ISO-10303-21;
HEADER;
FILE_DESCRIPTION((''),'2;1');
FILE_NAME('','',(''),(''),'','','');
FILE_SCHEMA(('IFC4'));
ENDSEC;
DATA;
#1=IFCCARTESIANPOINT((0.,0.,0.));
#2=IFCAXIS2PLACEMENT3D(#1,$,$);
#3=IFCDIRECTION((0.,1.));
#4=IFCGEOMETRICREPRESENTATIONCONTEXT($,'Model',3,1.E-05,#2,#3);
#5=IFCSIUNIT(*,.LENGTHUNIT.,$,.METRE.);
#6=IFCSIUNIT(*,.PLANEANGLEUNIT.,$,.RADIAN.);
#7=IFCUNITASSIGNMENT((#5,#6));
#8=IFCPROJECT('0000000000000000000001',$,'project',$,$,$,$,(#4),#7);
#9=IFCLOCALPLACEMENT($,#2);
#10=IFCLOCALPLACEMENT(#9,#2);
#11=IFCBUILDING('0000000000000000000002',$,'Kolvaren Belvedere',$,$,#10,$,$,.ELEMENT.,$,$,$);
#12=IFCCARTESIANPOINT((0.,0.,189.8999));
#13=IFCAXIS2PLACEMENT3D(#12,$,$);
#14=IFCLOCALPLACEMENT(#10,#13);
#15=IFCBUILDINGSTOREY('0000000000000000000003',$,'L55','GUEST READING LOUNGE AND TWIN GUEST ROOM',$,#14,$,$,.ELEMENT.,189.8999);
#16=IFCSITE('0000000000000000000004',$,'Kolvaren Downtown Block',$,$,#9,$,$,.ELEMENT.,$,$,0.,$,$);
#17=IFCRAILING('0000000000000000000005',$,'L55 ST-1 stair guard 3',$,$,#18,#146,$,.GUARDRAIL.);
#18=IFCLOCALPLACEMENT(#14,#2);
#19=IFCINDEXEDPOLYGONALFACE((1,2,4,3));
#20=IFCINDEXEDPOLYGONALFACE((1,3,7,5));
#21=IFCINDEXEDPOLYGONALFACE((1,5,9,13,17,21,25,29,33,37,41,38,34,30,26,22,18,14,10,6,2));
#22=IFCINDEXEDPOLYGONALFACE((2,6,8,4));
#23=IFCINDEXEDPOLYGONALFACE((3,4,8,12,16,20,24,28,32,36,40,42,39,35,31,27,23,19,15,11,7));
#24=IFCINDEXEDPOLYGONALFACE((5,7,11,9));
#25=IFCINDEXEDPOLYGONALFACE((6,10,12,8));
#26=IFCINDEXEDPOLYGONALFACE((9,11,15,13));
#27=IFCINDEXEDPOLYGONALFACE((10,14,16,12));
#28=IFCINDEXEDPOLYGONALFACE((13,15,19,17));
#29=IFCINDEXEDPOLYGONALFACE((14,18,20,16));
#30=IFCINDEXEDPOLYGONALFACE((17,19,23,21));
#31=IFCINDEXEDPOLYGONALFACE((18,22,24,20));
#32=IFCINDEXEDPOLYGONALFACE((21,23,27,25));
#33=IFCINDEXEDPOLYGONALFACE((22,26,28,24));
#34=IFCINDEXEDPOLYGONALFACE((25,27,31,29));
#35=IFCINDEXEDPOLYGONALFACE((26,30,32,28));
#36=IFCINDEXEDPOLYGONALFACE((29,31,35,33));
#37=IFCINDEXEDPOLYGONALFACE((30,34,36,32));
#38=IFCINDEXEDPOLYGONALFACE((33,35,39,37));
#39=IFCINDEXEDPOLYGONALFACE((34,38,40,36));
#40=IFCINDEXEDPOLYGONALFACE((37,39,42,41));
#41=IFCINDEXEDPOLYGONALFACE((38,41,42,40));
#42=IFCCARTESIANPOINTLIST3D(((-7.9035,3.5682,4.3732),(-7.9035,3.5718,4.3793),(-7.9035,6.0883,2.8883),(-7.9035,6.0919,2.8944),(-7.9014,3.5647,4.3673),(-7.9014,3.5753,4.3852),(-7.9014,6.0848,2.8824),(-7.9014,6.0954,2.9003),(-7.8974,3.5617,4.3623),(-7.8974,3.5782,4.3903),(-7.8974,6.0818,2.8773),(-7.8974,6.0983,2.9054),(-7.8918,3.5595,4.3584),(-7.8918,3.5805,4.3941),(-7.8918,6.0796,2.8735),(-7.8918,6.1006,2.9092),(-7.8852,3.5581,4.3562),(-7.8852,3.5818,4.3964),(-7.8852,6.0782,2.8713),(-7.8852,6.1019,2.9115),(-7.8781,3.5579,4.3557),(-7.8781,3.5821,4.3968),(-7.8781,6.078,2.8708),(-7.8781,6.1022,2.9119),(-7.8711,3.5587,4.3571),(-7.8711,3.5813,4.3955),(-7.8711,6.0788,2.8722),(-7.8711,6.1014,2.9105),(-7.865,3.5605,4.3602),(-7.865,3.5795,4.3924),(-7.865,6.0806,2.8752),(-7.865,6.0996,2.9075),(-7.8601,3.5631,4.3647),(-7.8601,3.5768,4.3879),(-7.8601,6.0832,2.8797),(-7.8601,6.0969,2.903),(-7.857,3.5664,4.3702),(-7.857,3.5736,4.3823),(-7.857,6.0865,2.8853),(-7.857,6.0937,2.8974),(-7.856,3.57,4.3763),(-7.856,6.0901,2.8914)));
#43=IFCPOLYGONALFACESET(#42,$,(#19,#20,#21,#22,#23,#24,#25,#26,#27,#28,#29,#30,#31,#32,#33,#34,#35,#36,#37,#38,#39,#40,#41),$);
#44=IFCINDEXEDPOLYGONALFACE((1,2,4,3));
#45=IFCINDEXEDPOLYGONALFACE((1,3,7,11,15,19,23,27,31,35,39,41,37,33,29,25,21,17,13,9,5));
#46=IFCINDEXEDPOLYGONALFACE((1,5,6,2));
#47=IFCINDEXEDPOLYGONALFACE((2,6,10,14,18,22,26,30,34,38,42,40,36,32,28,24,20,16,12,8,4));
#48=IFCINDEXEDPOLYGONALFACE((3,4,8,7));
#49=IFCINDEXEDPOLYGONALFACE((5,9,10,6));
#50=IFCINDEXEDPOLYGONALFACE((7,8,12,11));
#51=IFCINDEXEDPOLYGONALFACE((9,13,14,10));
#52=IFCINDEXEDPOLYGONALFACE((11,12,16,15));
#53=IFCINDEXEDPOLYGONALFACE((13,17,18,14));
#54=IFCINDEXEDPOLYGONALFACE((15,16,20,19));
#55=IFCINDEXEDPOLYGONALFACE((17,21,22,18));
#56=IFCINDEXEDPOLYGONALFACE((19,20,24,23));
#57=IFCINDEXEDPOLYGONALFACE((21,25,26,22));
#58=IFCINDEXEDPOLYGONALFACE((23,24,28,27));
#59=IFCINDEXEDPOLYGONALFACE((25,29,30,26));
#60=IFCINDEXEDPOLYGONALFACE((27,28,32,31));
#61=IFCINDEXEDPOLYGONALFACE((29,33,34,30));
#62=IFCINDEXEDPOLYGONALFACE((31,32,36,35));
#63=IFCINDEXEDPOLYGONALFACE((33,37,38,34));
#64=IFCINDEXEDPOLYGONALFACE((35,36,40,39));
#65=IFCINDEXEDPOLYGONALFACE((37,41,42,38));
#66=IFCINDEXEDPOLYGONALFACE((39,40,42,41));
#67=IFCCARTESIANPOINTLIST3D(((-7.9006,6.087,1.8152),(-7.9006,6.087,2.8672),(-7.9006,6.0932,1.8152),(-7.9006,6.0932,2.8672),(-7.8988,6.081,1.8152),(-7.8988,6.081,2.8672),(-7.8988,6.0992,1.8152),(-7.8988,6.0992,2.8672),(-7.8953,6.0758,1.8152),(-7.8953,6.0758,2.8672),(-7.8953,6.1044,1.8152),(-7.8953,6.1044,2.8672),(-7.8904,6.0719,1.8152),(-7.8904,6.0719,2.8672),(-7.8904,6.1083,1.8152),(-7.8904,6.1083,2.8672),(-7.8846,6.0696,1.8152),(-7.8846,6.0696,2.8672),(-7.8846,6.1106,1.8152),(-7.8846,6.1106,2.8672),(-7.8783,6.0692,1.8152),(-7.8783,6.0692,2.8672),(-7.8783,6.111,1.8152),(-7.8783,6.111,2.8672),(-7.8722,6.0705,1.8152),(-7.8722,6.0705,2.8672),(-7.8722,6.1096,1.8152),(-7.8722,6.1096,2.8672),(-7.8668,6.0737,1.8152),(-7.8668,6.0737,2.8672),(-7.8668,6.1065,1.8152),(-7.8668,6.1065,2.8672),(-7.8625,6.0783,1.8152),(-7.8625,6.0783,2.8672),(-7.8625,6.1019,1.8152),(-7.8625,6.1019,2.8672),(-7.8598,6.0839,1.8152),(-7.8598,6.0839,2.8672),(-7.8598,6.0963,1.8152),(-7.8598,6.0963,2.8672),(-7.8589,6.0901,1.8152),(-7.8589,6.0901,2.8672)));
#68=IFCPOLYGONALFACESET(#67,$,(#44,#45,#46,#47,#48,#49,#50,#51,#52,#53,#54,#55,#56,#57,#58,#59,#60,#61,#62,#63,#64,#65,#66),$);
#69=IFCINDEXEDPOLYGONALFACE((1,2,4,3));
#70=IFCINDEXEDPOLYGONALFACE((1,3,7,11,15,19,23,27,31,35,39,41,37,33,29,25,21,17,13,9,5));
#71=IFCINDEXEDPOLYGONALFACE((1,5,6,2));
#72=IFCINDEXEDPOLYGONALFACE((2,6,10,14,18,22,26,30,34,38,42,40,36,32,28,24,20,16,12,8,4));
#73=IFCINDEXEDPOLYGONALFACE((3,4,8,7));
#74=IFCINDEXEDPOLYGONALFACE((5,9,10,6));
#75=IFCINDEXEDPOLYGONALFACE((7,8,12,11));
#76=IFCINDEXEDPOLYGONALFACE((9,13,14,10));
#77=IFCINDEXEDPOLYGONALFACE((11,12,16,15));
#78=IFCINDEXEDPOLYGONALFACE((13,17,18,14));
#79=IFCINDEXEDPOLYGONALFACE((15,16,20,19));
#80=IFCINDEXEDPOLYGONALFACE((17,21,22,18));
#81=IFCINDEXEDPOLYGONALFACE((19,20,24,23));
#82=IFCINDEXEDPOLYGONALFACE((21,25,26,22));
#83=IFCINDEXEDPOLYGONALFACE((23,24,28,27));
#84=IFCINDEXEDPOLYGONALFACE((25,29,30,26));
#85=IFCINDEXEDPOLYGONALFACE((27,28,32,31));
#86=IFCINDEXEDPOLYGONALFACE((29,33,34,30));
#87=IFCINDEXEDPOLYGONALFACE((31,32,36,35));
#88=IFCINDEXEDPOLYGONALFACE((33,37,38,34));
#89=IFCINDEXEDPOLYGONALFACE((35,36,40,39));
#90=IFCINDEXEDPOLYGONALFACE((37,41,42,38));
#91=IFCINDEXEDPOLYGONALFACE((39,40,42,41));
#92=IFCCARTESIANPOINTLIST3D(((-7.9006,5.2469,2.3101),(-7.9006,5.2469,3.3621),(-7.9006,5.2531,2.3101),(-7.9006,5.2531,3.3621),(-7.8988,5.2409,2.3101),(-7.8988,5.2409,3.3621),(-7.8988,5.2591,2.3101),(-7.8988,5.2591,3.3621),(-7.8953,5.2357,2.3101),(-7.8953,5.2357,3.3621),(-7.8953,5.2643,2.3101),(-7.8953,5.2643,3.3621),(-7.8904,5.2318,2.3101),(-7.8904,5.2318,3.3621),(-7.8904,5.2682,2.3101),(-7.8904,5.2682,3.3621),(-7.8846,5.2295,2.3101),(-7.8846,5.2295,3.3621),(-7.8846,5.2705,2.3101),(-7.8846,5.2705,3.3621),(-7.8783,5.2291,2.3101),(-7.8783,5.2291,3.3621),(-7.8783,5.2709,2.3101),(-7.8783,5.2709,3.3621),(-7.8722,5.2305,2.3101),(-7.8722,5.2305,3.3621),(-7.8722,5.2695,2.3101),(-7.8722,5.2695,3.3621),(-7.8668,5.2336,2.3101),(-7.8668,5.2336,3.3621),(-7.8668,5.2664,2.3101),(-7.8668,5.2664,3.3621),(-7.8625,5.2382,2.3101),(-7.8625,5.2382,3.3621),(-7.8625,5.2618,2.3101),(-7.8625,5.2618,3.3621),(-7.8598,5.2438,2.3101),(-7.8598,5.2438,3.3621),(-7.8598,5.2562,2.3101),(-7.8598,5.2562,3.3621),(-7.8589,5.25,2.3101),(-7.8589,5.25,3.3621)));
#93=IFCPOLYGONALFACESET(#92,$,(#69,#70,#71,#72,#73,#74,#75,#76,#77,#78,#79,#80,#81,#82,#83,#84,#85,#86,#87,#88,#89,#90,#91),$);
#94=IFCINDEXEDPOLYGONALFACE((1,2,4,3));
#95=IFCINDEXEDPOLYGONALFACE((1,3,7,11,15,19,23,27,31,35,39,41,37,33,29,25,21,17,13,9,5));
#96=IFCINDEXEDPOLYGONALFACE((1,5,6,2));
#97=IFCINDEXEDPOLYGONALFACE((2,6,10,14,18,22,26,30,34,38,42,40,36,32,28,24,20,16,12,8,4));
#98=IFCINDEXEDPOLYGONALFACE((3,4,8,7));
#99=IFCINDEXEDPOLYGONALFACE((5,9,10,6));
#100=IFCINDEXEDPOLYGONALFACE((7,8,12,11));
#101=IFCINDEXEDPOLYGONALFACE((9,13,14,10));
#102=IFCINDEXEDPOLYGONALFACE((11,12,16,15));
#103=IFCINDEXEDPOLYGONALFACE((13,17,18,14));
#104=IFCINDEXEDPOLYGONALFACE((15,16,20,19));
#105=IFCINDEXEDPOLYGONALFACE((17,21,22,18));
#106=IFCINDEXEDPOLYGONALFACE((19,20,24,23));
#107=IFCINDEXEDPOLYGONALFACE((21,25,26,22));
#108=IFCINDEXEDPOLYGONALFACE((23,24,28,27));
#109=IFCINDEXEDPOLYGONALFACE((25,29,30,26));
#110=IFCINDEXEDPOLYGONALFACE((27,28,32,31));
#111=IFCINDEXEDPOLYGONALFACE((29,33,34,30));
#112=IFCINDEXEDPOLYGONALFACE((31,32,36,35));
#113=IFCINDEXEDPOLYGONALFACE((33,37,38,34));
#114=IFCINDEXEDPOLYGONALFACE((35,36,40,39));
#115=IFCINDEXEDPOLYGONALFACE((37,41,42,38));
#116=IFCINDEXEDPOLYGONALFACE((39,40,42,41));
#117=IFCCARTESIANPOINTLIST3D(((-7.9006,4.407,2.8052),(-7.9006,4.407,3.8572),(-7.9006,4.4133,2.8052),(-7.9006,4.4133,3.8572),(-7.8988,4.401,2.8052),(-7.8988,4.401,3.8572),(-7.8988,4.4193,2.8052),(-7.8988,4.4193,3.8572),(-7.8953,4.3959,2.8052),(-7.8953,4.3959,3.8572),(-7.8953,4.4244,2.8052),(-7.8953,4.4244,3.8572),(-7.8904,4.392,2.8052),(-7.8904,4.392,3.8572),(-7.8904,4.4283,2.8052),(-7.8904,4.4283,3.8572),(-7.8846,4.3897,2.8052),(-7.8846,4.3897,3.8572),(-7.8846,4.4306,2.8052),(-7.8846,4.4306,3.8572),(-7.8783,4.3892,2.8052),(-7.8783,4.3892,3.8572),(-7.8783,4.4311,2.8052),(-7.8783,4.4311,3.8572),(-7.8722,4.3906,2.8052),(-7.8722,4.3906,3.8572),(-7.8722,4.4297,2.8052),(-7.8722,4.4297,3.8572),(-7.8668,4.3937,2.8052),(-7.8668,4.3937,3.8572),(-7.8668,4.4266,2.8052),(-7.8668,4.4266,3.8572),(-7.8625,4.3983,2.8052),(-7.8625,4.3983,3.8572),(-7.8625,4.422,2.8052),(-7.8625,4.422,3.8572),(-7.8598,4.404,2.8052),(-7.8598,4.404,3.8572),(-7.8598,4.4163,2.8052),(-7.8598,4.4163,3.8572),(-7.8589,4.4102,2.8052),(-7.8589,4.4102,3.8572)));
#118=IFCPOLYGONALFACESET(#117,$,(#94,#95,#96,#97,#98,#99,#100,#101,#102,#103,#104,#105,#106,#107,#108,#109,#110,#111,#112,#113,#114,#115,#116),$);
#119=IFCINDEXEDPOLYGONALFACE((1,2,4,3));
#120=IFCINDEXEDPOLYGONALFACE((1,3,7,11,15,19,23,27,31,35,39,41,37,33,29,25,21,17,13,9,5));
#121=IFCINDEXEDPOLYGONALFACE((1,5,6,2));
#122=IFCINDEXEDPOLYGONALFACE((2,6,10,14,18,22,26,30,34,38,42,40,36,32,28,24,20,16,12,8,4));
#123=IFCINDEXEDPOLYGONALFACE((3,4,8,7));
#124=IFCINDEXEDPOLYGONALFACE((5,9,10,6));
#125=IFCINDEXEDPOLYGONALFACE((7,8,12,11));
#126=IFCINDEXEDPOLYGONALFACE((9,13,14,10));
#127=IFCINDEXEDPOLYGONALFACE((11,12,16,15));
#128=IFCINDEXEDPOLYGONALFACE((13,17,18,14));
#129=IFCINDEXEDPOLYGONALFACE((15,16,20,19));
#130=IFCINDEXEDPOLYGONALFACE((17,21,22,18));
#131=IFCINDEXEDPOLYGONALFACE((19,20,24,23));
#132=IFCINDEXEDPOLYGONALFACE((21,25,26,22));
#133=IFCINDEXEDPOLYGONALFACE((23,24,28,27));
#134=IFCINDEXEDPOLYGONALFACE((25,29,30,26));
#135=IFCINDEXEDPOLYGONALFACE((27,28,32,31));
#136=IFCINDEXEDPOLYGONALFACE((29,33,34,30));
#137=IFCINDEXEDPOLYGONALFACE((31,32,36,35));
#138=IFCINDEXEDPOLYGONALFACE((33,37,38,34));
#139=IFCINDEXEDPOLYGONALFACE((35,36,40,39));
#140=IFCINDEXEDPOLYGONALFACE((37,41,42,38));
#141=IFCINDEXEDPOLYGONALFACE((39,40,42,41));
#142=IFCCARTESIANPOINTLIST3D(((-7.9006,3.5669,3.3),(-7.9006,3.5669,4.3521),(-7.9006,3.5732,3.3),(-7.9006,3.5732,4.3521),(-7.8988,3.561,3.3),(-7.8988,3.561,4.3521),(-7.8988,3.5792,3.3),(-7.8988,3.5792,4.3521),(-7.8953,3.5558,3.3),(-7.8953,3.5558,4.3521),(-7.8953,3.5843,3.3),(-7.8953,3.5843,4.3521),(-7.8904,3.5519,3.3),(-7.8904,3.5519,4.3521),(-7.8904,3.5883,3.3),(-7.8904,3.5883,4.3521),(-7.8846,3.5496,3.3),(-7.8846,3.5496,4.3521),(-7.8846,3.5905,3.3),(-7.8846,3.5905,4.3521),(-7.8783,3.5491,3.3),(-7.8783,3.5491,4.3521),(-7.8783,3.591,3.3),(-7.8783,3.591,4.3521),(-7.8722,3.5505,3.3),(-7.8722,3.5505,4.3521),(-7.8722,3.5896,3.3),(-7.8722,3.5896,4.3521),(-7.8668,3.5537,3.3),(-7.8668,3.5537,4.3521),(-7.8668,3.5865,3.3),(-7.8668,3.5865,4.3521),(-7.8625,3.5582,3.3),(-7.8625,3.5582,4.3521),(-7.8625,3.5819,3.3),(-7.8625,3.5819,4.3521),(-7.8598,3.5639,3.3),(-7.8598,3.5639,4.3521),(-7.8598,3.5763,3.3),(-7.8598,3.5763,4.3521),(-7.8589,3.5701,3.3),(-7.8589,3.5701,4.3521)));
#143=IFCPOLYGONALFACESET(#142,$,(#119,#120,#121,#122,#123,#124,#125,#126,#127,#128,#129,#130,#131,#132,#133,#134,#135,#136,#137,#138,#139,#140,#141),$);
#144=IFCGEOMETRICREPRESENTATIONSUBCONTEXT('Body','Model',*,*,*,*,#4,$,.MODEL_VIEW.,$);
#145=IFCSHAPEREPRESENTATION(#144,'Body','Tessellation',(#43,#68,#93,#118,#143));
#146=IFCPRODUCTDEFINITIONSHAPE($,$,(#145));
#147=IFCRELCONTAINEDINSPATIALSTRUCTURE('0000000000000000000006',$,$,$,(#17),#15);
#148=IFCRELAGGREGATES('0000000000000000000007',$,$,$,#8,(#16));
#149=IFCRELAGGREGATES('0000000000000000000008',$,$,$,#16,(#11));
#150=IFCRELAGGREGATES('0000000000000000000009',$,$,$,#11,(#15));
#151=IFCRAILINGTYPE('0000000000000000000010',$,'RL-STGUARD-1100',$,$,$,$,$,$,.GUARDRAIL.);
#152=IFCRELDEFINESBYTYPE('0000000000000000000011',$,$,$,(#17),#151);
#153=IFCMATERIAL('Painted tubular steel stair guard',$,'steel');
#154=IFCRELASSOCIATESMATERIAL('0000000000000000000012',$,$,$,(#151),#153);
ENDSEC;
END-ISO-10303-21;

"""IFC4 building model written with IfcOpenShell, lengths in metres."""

from ifc_helpers import new_model, si_unit, direction, frame, origin, origin_2d, place, context, subcontext, project, spatial, circle, extrude, material, type_object, element, save


model = new_model("IFC4")

# Units and contexts
model_context = context("Model", 3, precision=1e-05, world=origin(), true_north=direction((0.0, 1.0)))
body_context = subcontext(model_context, "Body", "Model", "MODEL_VIEW")
ifc_project = project(units=[si_unit("LENGTHUNIT", "METRE"), si_unit("PLANEANGLEUNIT", "RADIAN")], contexts=[model_context])

# Site, building, storey
site_placement = place(None, origin())
site = spatial("IfcSite", under=ifc_project, at=site_placement, Name="Kolvaren Downtown Block", CompositionType="ELEMENT", RefElevation=0.0)
building_placement = place(site_placement, origin())
building = spatial("IfcBuilding", under=site, at=building_placement, Name="Kolvaren Belvedere", CompositionType="ELEMENT")
storey_placement = place(building_placement, frame((0.0, 0.0, 189.8999)))
storey = spatial("IfcBuildingStorey", under=building, at=storey_placement, Name="L55", Description="GUEST READING LOUNGE AND TWIN GUEST ROOM", CompositionType="ELEMENT", Elevation=189.8999)

# Railing
ifc_material_1 = material(Name="Painted tubular steel stair guard", Category="steel")
railing_type_1 = type_object("IfcRailingType", Name="RL-STGUARD-1100", PredefinedType="GUARDRAIL", material=ifc_material_1)
railing_1_placement = place(storey_placement, frame((-7.8799, 6.0901, 1.8152)))
element("IfcRailing", 1, at=railing_1_placement, inside=storey, type_object=railing_type_1, Name="L55 ST-1 stair guard 3", PredefinedType="GUARDRAIL", context=body_context, shape_type="SweptSolid", body=[
    extrude(circle(Radius=0.0239, at=origin_2d()), frame((0.0, 0.0, 1.0762), z_axis=(0.0, -0.861561, 0.507655), x_axis=(1.0, 0.0, 0.0)), (0.0, 0.0, 1.0), 2.925),
    extrude(circle(Radius=0.021, at=origin_2d()), origin(), (0.0, 0.0, 1.0), 1.052),
    extrude(circle(Radius=0.021, at=origin_2d()), frame((0.0, -0.8401, 0.4949)), (0.0, 0.0, 1.0), 1.052),
    extrude(circle(Radius=0.021, at=origin_2d()), frame((0.0, -1.6799, 0.99)), (0.0, 0.0, 1.0), 1.052),
    extrude(circle(Radius=0.021, at=origin_2d()), frame((0.0, -2.52, 1.4849)), (0.0, 0.0, 1.0), 1.052),
])

save(model, "model.ifc")
